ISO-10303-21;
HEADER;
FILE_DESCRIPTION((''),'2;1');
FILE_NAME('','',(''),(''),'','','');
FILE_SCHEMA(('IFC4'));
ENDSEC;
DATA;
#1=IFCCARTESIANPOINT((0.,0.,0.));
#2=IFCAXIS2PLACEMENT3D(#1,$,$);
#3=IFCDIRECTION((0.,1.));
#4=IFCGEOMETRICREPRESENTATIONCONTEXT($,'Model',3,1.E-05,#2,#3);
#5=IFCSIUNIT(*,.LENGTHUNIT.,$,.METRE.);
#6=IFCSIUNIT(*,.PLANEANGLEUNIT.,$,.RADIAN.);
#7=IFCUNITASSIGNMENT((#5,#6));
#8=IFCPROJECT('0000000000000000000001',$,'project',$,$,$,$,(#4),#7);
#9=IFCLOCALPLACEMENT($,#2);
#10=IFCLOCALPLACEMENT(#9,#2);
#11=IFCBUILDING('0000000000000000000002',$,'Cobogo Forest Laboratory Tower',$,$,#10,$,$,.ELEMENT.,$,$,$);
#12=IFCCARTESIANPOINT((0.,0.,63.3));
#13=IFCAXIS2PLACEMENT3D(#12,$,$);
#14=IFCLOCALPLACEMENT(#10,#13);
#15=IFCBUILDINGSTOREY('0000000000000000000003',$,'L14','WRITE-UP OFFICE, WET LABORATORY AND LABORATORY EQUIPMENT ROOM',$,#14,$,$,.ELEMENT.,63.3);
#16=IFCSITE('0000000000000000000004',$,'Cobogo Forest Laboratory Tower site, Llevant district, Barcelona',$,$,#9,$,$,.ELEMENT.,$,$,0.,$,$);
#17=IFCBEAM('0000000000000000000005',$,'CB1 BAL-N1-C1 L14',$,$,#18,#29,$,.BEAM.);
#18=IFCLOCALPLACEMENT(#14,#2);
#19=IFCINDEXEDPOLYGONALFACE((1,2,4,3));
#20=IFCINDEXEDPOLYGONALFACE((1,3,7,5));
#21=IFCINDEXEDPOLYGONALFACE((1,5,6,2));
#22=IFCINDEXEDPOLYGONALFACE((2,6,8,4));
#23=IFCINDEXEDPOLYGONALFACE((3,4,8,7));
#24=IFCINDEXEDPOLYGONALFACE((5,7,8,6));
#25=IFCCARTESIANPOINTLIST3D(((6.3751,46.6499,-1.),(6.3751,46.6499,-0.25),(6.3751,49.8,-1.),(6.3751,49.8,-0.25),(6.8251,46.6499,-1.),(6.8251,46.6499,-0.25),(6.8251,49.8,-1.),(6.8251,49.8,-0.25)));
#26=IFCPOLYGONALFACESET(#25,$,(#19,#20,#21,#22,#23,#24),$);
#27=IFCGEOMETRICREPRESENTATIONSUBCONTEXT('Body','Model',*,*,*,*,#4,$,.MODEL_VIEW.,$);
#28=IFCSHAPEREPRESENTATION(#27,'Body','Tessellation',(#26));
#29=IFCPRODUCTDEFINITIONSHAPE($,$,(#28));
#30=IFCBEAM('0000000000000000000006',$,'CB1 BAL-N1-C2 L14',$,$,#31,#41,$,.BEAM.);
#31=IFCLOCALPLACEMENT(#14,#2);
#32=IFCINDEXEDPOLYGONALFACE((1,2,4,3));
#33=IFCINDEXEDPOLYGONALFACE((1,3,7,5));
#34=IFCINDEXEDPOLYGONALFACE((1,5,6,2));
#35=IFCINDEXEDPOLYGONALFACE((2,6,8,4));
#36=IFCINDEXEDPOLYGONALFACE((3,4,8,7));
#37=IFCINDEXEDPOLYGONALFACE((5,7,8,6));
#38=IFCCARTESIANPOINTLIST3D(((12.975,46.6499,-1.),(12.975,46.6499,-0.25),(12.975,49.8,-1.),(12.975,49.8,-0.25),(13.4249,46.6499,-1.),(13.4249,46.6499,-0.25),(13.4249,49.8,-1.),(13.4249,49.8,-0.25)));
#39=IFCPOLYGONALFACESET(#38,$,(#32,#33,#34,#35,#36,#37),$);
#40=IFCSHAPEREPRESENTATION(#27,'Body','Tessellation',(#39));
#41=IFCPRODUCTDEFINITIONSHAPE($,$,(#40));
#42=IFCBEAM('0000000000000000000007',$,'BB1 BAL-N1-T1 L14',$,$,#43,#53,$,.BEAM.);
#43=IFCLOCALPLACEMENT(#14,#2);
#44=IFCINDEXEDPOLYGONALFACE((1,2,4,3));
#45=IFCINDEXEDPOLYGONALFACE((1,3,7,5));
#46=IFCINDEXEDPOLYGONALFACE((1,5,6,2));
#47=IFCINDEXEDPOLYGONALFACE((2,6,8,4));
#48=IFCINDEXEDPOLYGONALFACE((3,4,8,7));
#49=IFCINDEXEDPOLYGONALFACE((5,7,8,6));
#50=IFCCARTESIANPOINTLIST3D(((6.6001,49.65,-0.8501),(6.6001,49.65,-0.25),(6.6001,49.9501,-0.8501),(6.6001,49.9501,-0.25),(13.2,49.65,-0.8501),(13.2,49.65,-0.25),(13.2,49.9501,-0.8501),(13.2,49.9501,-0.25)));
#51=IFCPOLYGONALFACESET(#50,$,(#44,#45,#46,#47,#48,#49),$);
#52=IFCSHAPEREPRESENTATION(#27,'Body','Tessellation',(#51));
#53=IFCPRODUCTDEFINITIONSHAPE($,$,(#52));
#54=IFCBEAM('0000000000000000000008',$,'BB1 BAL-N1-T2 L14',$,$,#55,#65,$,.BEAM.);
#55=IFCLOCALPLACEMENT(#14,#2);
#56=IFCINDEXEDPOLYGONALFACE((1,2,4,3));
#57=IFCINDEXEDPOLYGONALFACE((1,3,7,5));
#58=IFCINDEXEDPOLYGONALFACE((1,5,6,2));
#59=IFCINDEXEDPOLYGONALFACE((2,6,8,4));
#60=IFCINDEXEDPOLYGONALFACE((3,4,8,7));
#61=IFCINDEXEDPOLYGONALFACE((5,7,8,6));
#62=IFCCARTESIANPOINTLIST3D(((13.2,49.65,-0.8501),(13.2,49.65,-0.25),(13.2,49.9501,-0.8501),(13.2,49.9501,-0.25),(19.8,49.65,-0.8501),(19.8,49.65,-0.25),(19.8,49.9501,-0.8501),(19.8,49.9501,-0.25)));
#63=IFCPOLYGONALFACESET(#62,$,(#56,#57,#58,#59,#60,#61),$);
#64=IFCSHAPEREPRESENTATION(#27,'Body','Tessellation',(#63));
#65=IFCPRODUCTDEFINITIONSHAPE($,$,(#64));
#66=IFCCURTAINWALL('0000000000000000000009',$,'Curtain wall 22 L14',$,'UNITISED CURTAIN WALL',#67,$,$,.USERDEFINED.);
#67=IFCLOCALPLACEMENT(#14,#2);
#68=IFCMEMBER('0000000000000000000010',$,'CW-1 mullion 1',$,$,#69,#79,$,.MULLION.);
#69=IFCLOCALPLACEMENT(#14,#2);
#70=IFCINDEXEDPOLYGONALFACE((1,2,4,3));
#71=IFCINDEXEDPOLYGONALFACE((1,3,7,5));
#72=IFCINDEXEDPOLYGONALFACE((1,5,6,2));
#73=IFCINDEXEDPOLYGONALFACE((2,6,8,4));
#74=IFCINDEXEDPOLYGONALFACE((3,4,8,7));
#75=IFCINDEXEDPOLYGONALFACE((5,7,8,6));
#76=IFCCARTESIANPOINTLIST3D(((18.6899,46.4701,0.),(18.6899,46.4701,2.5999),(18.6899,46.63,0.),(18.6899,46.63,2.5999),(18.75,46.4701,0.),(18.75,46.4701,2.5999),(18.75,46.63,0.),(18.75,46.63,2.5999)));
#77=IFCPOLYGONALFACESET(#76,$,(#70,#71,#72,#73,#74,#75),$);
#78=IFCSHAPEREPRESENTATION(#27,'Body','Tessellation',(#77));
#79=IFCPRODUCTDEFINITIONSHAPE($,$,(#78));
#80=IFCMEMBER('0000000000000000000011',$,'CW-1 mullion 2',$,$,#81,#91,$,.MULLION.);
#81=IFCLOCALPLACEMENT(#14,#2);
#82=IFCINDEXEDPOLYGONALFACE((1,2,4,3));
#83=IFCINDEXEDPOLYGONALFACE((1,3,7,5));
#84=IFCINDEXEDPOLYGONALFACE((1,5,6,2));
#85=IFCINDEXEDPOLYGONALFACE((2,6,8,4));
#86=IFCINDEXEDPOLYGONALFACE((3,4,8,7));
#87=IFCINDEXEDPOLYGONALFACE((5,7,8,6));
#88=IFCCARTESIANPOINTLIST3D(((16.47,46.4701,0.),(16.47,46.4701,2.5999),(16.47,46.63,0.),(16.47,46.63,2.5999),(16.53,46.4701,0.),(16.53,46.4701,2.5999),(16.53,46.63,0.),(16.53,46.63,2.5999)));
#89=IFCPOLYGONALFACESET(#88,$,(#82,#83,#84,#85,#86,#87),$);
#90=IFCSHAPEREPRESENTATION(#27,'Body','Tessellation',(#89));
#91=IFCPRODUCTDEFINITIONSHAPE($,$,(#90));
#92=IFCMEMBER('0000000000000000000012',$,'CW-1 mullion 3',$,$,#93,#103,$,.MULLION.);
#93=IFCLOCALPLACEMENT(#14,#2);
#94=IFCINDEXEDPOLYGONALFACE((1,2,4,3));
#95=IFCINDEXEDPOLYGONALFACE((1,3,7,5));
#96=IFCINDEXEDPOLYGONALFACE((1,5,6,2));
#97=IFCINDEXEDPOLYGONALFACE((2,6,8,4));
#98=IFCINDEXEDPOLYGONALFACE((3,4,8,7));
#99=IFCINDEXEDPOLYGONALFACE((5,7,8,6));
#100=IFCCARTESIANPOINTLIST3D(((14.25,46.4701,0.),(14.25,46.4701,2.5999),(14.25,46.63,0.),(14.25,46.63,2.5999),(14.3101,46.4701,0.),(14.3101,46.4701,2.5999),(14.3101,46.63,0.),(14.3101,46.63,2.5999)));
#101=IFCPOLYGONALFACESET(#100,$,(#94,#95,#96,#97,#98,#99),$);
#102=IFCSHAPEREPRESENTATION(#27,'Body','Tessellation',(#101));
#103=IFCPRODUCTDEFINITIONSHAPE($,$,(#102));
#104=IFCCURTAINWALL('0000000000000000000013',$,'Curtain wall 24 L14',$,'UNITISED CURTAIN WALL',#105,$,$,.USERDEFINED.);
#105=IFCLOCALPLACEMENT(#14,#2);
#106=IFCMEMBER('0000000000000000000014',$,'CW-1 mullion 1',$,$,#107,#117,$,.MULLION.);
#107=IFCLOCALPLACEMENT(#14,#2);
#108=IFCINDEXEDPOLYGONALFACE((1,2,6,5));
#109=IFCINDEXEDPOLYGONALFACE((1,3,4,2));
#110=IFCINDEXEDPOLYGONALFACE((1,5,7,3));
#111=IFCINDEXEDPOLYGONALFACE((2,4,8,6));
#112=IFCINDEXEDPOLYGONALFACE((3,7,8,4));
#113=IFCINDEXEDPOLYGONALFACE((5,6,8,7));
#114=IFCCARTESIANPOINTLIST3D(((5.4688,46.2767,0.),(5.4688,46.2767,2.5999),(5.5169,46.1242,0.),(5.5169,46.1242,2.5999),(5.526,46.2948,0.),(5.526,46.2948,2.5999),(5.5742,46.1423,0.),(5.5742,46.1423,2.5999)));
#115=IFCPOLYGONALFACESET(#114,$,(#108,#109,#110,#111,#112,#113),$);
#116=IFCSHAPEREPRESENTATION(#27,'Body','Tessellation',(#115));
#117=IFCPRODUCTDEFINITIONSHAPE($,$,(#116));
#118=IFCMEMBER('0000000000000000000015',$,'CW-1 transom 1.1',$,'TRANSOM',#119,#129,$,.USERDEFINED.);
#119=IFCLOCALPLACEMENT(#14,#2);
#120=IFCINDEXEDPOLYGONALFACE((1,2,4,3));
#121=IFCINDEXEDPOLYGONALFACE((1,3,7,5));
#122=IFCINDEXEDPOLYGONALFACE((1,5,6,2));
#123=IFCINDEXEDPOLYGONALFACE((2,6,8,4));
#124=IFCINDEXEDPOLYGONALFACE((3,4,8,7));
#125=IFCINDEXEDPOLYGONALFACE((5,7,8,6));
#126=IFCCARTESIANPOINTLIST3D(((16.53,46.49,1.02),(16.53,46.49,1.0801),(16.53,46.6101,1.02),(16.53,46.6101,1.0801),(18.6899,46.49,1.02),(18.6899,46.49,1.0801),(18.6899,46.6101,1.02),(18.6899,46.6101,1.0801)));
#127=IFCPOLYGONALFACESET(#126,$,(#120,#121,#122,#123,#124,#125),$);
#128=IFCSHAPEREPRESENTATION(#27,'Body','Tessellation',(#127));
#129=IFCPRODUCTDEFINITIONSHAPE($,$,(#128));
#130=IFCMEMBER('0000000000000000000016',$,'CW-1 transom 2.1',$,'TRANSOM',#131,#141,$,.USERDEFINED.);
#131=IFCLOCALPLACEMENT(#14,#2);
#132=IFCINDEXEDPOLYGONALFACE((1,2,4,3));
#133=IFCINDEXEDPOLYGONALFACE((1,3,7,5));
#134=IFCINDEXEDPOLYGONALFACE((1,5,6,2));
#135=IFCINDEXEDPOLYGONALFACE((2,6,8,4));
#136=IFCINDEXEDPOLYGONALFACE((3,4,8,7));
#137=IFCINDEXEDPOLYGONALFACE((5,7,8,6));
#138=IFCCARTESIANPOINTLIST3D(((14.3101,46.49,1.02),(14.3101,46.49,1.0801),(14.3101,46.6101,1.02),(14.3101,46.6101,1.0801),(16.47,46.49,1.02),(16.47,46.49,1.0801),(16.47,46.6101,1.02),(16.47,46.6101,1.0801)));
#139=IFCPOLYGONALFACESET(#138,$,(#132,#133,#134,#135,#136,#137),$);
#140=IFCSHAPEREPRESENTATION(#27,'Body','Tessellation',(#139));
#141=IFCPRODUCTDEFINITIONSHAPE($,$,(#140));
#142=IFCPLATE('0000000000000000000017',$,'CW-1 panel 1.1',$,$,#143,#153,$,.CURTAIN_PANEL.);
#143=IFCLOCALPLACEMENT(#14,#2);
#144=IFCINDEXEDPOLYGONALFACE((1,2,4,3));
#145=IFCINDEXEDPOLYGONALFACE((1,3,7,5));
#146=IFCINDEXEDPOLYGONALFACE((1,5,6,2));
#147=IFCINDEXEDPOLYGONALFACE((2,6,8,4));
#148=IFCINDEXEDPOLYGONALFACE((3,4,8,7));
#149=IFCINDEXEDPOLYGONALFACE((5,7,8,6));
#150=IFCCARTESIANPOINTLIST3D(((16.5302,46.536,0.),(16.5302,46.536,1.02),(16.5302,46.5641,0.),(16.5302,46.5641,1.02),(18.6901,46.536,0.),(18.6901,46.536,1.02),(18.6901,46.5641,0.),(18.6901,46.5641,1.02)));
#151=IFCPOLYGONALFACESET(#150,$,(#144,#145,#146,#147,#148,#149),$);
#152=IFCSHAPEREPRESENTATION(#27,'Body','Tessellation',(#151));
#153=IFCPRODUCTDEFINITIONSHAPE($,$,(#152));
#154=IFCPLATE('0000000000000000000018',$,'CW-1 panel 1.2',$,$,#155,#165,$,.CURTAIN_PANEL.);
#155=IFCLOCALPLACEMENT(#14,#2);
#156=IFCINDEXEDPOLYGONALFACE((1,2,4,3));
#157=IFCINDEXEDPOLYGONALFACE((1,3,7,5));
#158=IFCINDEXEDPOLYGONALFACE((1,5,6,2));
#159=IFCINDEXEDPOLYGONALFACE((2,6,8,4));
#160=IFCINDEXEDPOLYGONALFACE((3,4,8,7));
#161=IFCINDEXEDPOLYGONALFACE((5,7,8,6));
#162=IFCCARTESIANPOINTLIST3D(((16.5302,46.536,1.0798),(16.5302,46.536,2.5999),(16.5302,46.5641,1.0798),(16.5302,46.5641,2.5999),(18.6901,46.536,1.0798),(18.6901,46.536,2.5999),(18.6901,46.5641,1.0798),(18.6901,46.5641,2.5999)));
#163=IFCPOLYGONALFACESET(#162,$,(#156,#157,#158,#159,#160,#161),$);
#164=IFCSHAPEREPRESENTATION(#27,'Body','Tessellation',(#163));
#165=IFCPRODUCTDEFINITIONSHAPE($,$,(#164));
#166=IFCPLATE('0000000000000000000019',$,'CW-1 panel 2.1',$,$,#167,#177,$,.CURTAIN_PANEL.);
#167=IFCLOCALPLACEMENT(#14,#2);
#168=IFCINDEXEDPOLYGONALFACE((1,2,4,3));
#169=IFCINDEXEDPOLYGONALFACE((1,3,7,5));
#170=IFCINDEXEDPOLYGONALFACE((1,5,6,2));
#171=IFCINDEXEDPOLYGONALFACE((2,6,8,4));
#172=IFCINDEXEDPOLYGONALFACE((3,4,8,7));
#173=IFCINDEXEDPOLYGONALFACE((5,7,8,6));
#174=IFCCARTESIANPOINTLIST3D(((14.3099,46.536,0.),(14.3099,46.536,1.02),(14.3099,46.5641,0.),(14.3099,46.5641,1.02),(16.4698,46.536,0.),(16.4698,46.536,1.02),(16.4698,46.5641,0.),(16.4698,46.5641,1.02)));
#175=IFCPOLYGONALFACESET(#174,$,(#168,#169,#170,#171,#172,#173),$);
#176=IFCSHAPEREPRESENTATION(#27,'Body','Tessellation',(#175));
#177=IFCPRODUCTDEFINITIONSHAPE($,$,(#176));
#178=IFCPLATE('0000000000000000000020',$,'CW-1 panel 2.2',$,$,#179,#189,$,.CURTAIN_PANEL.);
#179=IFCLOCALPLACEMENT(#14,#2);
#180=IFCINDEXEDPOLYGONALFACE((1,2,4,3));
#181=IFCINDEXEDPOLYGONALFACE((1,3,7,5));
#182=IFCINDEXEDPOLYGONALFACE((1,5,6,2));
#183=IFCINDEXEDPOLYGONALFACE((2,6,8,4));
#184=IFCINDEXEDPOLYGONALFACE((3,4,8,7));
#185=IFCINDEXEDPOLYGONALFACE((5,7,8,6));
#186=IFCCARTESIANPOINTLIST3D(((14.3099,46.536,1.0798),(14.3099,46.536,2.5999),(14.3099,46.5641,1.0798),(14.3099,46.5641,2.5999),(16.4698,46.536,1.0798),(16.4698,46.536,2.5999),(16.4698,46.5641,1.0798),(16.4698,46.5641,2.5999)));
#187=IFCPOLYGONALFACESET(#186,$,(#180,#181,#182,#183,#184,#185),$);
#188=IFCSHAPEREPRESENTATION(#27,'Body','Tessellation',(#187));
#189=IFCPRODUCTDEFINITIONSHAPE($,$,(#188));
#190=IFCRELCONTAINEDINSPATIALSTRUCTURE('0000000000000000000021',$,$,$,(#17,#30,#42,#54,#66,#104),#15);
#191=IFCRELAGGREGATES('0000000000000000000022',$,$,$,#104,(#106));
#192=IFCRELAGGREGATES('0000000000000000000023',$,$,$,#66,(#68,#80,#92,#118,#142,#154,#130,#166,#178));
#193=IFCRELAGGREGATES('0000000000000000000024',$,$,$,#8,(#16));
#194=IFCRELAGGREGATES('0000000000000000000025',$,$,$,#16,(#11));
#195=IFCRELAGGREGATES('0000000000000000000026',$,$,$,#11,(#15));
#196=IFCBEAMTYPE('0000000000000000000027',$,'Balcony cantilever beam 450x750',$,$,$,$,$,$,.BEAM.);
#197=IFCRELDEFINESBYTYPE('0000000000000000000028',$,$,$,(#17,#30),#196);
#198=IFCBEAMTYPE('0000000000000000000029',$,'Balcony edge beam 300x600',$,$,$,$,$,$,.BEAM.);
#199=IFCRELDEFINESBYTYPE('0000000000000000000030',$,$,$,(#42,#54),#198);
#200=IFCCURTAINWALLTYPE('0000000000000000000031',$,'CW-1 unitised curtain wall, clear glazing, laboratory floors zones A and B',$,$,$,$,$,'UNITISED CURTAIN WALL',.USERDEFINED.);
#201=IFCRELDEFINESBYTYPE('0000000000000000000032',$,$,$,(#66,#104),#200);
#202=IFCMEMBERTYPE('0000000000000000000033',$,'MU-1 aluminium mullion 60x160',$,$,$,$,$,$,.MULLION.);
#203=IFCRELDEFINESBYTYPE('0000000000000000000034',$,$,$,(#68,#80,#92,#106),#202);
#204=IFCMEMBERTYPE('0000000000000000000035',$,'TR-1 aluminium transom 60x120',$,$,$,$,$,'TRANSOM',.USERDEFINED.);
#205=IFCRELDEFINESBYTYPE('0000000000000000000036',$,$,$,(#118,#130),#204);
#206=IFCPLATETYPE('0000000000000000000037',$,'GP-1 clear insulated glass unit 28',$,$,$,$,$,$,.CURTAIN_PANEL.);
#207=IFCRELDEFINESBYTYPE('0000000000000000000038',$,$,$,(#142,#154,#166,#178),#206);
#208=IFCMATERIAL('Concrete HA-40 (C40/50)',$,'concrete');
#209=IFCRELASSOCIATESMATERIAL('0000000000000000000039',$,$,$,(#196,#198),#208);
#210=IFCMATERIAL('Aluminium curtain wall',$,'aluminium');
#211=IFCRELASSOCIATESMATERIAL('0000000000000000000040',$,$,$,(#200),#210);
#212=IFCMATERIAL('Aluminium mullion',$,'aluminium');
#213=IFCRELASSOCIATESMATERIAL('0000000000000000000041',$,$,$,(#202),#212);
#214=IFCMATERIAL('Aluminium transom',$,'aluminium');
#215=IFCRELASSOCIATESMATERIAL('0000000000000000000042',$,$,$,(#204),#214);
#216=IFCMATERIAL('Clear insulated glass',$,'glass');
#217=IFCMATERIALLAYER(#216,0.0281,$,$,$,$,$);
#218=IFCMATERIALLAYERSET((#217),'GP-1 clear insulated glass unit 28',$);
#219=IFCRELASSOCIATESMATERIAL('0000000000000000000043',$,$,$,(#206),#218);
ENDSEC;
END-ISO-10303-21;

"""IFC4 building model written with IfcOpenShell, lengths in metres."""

from ifc_helpers import new_model, si_unit, direction, frame, origin, origin_2d, place, context, subcontext, project, spatial, rectangle, extrude, material, layer, layer_set, material_profile, profile_set, type_object, element, aggregate, save


model = new_model("IFC4")

# Units and contexts
model_context = context("Model", 3, precision=1e-05, world=origin(), true_north=direction((0.0, 1.0)))
body_context = subcontext(model_context, "Body", "Model", "MODEL_VIEW")
ifc_project = project(units=[si_unit("LENGTHUNIT", "METRE"), si_unit("PLANEANGLEUNIT", "RADIAN")], contexts=[model_context])

# Site, building, storey
site_placement = place(None, origin())
site = spatial("IfcSite", under=ifc_project, at=site_placement, Name="Cobogo Forest Laboratory Tower site, Llevant district, Barcelona", CompositionType="ELEMENT", RefElevation=0.0)
building_placement = place(site_placement, origin())
building = spatial("IfcBuilding", under=site, at=building_placement, Name="Cobogo Forest Laboratory Tower", CompositionType="ELEMENT")
storey_placement = place(building_placement, frame((0.0, 0.0, 63.3)))
storey = spatial("IfcBuildingStorey", under=building, at=storey_placement, Name="L14", Description="WRITE-UP OFFICE, WET LABORATORY AND LABORATORY EQUIPMENT ROOM", CompositionType="ELEMENT", Elevation=63.3)

# Beams
ifc_material_1 = material(Name="Concrete HA-40 (C40/50)", Category="concrete")
ifc_material_profile_1 = material_profile(ifc_material_1, rectangle(XDim=0.45, YDim=0.75, at=origin_2d()), Name="RC 450x750")
ifc_profile_set_1 = profile_set([ifc_material_profile_1], Name="Concrete HA-40 (C40/50)")
beam_type_1 = type_object("IfcBeamType", Name="Balcony cantilever beam 450x750", PredefinedType="BEAM", material=ifc_profile_set_1)
for number, where, z_axis, x_axis, name in (
    (1, (6.6001, 46.6499, -0.625), (0.0, 1.0, 0.0), (-1.0, 0.0, 0.0), "CB1 BAL-N1-C1 L14"),
    (2, (13.2, 46.6499, -0.625), (0.0, 1.0, 0.0), (-1.0, 0.0, 0.0), "CB1 BAL-N1-C2 L14"),
):
    element("IfcBeam", number, at=place(storey_placement, frame(where, z_axis=z_axis, x_axis=x_axis)), inside=storey, type_object=beam_type_1, Name=name, PredefinedType="BEAM", context=body_context, shape_type="SweptSolid", body=[
        extrude(rectangle(XDim=0.45, YDim=0.75, at=origin_2d()), origin(), (0.0, 0.0, 1.0), 3.1501),
    ])
ifc_material_profile_2 = material_profile(ifc_material_1, rectangle(XDim=0.3, YDim=0.6001, at=origin_2d()), Name="RC 300x600")
ifc_profile_set_2 = profile_set([ifc_material_profile_2], Name="Concrete HA-40 (C40/50)")
beam_type_2 = type_object("IfcBeamType", Name="Balcony edge beam 300x600", PredefinedType="BEAM", material=ifc_profile_set_2)
beam_1_placement = place(storey_placement, frame((6.6001, 49.8, -0.55), z_axis=(1.0, 0.0, 0.0), x_axis=(0.0, 1.0, 0.0)))
element("IfcBeam", 3, at=beam_1_placement, inside=storey, type_object=beam_type_2, Name="BB1 BAL-N1-T1 L14", PredefinedType="BEAM", context=body_context, shape_type="SweptSolid", body=[
    extrude(rectangle(XDim=0.3, YDim=0.6001, at=origin_2d()), origin(), (0.0, 0.0, 1.0), 6.5999),
])
beam_2_placement = place(storey_placement, frame((13.2, 49.8, -0.55), z_axis=(1.0, 0.0, 0.0), x_axis=(0.0, 1.0, 0.0)))
element("IfcBeam", 4, at=beam_2_placement, inside=storey, type_object=beam_type_2, Name="BB1 BAL-N1-T2 L14", PredefinedType="BEAM", context=body_context, shape_type="SweptSolid", body=[
    extrude(rectangle(XDim=0.3, YDim=0.6001, at=origin_2d()), origin(), (0.0, 0.0, 1.0), 6.6001),
])

# Curtain wall, members
ifc_material_2 = material(Name="Aluminium curtain wall", Category="aluminium")
curtain_wall_type = type_object("IfcCurtainWallType", Name="CW-1 unitised curtain wall, clear glazing, laboratory floors zones A and B", ElementType="UNITISED CURTAIN WALL", PredefinedType="USERDEFINED", material=ifc_material_2)
curtain_wall_1_placement = place(storey_placement, origin())
curtain_wall_1 = element("IfcCurtainWall", 5, at=curtain_wall_1_placement, inside=storey, type_object=curtain_wall_type, Name="Curtain wall 22 L14", ObjectType="UNITISED CURTAIN WALL", PredefinedType="USERDEFINED")
ifc_material_3 = material(Name="Aluminium mullion", Category="aluminium")
ifc_material_profile_3 = material_profile(ifc_material_3, rectangle(XDim=0.0601, YDim=0.1599, at=origin_2d()), Name="AL 60x160")
ifc_profile_set_3 = profile_set([ifc_material_profile_3], Name="Aluminium mullion")
member_type_1 = type_object("IfcMemberType", Name="MU-1 aluminium mullion 60x160", PredefinedType="MULLION", material=ifc_profile_set_3)
member_1_placement = place(storey_placement, frame((18.72, 46.55, 0.0), z_axis=(0.0, 0.0, 1.0), x_axis=(-1.0, 0.0, 0.0)))
member_1 = element("IfcMember", 6, at=member_1_placement, type_object=member_type_1, Name="CW-1 mullion 1", PredefinedType="MULLION", context=body_context, shape_type="SweptSolid", body=[
    extrude(rectangle(XDim=0.0601, YDim=0.1599, at=origin_2d()), origin(), (0.0, 0.0, 1.0), 2.5999),
])
member_2_placement = place(storey_placement, frame((16.5, 46.55, 0.0), z_axis=(0.0, 0.0, 1.0), x_axis=(-1.0, 0.0, 0.0)))
member_2 = element("IfcMember", 7, at=member_2_placement, type_object=member_type_1, Name="CW-1 mullion 2", PredefinedType="MULLION", context=body_context, shape_type="SweptSolid", body=[
    extrude(rectangle(XDim=0.0601, YDim=0.1599, at=origin_2d()), origin(), (0.0, 0.0, 1.0), 2.5999),
])
member_3_placement = place(storey_placement, frame((14.28, 46.55, 0.0), z_axis=(0.0, 0.0, 1.0), x_axis=(-1.0, 0.0, 0.0)))
member_3 = element("IfcMember", 8, at=member_3_placement, type_object=member_type_1, Name="CW-1 mullion 3", PredefinedType="MULLION", context=body_context, shape_type="SweptSolid", body=[
    extrude(rectangle(XDim=0.0601, YDim=0.1599, at=origin_2d()), origin(), (0.0, 0.0, 1.0), 2.5999),
])

# Curtain wall, member
curtain_wall_2_placement = place(storey_placement, origin())
curtain_wall_2 = element("IfcCurtainWall", 9, at=curtain_wall_2_placement, inside=storey, type_object=curtain_wall_type, Name="Curtain wall 24 L14", ObjectType="UNITISED CURTAIN WALL", PredefinedType="USERDEFINED")
member_4_placement = place(storey_placement, frame((5.5215, 46.2095, 0.0), z_axis=(0.0, 0.0, 1.0), x_axis=(-0.953582, -0.301135, 0.0)))
member_4 = element("IfcMember", 10, at=member_4_placement, type_object=member_type_1, Name="CW-1 mullion 1", PredefinedType="MULLION", context=body_context, shape_type="SweptSolid", body=[
    extrude(rectangle(XDim=0.0601, YDim=0.1599, at=origin_2d()), origin(), (0.0, 0.0, 1.0), 2.5999),
])
aggregate(curtain_wall_2, [member_4])

# Members
ifc_material_4 = material(Name="Aluminium transom", Category="aluminium")
ifc_material_profile_4 = material_profile(ifc_material_4, rectangle(XDim=0.1201, YDim=0.0601, at=origin_2d()), Name="AL 60x120")
ifc_profile_set_4 = profile_set([ifc_material_profile_4], Name="Aluminium transom")
member_type_2 = type_object("IfcMemberType", Name="TR-1 aluminium transom 60x120", ElementType="TRANSOM", PredefinedType="USERDEFINED", material=ifc_profile_set_4)
member_5_placement = place(storey_placement, frame((18.6899, 46.55, 1.05), z_axis=(-1.0, 0.0, 0.0), x_axis=(0.0, -1.0, 0.0)))
member_5 = element("IfcMember", 11, at=member_5_placement, type_object=member_type_2, Name="CW-1 transom 1.1", ObjectType="TRANSOM", PredefinedType="USERDEFINED", context=body_context, shape_type="SweptSolid", body=[
    extrude(rectangle(XDim=0.1201, YDim=0.0601, at=origin_2d()), origin(), (0.0, 0.0, 1.0), 2.1599),
])
member_6_placement = place(storey_placement, frame((16.47, 46.55, 1.05), z_axis=(-1.0, 0.0, 0.0), x_axis=(0.0, -1.0, 0.0)))
member_6 = element("IfcMember", 12, at=member_6_placement, type_object=member_type_2, Name="CW-1 transom 2.1", ObjectType="TRANSOM", PredefinedType="USERDEFINED", context=body_context, shape_type="SweptSolid", body=[
    extrude(rectangle(XDim=0.1201, YDim=0.0601, at=origin_2d()), origin(), (0.0, 0.0, 1.0), 2.1599),
])

# Plates
ifc_material_5 = material(Name="Clear insulated glass", Category="glass")
ifc_layer_1 = layer(ifc_material_5, 0.0281)
ifc_layer_set_1 = layer_set([ifc_layer_1], Name="GP-1 clear insulated glass unit 28")
plate_type = type_object("IfcPlateType", Name="GP-1 clear insulated glass unit 28", PredefinedType="CURTAIN_PANEL", material=ifc_layer_set_1)
plate_1_placement = place(storey_placement, frame((17.6101, 46.55, 0.0), z_axis=(0.0, 0.0, 1.0), x_axis=(-1.0, 0.0, 0.0)))
plate_1 = element("IfcPlate", 13, at=plate_1_placement, type_object=plate_type, Name="CW-1 panel 1.1", PredefinedType="CURTAIN_PANEL", context=body_context, shape_type="SweptSolid", body=[
    extrude(rectangle(XDim=2.1599, YDim=0.0281, at=origin_2d()), origin(), (0.0, 0.0, 1.0), 1.02),
])
plate_2_placement = place(storey_placement, frame((17.6101, 46.55, 1.0798), z_axis=(0.0, 0.0, 1.0), x_axis=(-1.0, 0.0, 0.0)))
plate_2 = element("IfcPlate", 14, at=plate_2_placement, type_object=plate_type, Name="CW-1 panel 1.2", PredefinedType="CURTAIN_PANEL", context=body_context, shape_type="SweptSolid", body=[
    extrude(rectangle(XDim=2.1599, YDim=0.0281, at=origin_2d()), origin(), (0.0, 0.0, 1.0), 1.52),
])
plate_3_placement = place(storey_placement, frame((15.3899, 46.55, 0.0), z_axis=(0.0, 0.0, 1.0), x_axis=(-1.0, 0.0, 0.0)))
plate_3 = element("IfcPlate", 15, at=plate_3_placement, type_object=plate_type, Name="CW-1 panel 2.1", PredefinedType="CURTAIN_PANEL", context=body_context, shape_type="SweptSolid", body=[
    extrude(rectangle(XDim=2.1599, YDim=0.0281, at=origin_2d()), origin(), (0.0, 0.0, 1.0), 1.02),
])
plate_4_placement = place(storey_placement, frame((15.3899, 46.55, 1.0798), z_axis=(0.0, 0.0, 1.0), x_axis=(-1.0, 0.0, 0.0)))
plate_4 = element("IfcPlate", 16, at=plate_4_placement, type_object=plate_type, Name="CW-1 panel 2.2", PredefinedType="CURTAIN_PANEL", context=body_context, shape_type="SweptSolid", body=[
    extrude(rectangle(XDim=2.1599, YDim=0.0281, at=origin_2d()), origin(), (0.0, 0.0, 1.0), 1.52),
])
aggregate(curtain_wall_1, [member_1, member_2, member_3, member_5, plate_1, plate_2, member_6, plate_3, plate_4])

save(model, "model.ifc")
